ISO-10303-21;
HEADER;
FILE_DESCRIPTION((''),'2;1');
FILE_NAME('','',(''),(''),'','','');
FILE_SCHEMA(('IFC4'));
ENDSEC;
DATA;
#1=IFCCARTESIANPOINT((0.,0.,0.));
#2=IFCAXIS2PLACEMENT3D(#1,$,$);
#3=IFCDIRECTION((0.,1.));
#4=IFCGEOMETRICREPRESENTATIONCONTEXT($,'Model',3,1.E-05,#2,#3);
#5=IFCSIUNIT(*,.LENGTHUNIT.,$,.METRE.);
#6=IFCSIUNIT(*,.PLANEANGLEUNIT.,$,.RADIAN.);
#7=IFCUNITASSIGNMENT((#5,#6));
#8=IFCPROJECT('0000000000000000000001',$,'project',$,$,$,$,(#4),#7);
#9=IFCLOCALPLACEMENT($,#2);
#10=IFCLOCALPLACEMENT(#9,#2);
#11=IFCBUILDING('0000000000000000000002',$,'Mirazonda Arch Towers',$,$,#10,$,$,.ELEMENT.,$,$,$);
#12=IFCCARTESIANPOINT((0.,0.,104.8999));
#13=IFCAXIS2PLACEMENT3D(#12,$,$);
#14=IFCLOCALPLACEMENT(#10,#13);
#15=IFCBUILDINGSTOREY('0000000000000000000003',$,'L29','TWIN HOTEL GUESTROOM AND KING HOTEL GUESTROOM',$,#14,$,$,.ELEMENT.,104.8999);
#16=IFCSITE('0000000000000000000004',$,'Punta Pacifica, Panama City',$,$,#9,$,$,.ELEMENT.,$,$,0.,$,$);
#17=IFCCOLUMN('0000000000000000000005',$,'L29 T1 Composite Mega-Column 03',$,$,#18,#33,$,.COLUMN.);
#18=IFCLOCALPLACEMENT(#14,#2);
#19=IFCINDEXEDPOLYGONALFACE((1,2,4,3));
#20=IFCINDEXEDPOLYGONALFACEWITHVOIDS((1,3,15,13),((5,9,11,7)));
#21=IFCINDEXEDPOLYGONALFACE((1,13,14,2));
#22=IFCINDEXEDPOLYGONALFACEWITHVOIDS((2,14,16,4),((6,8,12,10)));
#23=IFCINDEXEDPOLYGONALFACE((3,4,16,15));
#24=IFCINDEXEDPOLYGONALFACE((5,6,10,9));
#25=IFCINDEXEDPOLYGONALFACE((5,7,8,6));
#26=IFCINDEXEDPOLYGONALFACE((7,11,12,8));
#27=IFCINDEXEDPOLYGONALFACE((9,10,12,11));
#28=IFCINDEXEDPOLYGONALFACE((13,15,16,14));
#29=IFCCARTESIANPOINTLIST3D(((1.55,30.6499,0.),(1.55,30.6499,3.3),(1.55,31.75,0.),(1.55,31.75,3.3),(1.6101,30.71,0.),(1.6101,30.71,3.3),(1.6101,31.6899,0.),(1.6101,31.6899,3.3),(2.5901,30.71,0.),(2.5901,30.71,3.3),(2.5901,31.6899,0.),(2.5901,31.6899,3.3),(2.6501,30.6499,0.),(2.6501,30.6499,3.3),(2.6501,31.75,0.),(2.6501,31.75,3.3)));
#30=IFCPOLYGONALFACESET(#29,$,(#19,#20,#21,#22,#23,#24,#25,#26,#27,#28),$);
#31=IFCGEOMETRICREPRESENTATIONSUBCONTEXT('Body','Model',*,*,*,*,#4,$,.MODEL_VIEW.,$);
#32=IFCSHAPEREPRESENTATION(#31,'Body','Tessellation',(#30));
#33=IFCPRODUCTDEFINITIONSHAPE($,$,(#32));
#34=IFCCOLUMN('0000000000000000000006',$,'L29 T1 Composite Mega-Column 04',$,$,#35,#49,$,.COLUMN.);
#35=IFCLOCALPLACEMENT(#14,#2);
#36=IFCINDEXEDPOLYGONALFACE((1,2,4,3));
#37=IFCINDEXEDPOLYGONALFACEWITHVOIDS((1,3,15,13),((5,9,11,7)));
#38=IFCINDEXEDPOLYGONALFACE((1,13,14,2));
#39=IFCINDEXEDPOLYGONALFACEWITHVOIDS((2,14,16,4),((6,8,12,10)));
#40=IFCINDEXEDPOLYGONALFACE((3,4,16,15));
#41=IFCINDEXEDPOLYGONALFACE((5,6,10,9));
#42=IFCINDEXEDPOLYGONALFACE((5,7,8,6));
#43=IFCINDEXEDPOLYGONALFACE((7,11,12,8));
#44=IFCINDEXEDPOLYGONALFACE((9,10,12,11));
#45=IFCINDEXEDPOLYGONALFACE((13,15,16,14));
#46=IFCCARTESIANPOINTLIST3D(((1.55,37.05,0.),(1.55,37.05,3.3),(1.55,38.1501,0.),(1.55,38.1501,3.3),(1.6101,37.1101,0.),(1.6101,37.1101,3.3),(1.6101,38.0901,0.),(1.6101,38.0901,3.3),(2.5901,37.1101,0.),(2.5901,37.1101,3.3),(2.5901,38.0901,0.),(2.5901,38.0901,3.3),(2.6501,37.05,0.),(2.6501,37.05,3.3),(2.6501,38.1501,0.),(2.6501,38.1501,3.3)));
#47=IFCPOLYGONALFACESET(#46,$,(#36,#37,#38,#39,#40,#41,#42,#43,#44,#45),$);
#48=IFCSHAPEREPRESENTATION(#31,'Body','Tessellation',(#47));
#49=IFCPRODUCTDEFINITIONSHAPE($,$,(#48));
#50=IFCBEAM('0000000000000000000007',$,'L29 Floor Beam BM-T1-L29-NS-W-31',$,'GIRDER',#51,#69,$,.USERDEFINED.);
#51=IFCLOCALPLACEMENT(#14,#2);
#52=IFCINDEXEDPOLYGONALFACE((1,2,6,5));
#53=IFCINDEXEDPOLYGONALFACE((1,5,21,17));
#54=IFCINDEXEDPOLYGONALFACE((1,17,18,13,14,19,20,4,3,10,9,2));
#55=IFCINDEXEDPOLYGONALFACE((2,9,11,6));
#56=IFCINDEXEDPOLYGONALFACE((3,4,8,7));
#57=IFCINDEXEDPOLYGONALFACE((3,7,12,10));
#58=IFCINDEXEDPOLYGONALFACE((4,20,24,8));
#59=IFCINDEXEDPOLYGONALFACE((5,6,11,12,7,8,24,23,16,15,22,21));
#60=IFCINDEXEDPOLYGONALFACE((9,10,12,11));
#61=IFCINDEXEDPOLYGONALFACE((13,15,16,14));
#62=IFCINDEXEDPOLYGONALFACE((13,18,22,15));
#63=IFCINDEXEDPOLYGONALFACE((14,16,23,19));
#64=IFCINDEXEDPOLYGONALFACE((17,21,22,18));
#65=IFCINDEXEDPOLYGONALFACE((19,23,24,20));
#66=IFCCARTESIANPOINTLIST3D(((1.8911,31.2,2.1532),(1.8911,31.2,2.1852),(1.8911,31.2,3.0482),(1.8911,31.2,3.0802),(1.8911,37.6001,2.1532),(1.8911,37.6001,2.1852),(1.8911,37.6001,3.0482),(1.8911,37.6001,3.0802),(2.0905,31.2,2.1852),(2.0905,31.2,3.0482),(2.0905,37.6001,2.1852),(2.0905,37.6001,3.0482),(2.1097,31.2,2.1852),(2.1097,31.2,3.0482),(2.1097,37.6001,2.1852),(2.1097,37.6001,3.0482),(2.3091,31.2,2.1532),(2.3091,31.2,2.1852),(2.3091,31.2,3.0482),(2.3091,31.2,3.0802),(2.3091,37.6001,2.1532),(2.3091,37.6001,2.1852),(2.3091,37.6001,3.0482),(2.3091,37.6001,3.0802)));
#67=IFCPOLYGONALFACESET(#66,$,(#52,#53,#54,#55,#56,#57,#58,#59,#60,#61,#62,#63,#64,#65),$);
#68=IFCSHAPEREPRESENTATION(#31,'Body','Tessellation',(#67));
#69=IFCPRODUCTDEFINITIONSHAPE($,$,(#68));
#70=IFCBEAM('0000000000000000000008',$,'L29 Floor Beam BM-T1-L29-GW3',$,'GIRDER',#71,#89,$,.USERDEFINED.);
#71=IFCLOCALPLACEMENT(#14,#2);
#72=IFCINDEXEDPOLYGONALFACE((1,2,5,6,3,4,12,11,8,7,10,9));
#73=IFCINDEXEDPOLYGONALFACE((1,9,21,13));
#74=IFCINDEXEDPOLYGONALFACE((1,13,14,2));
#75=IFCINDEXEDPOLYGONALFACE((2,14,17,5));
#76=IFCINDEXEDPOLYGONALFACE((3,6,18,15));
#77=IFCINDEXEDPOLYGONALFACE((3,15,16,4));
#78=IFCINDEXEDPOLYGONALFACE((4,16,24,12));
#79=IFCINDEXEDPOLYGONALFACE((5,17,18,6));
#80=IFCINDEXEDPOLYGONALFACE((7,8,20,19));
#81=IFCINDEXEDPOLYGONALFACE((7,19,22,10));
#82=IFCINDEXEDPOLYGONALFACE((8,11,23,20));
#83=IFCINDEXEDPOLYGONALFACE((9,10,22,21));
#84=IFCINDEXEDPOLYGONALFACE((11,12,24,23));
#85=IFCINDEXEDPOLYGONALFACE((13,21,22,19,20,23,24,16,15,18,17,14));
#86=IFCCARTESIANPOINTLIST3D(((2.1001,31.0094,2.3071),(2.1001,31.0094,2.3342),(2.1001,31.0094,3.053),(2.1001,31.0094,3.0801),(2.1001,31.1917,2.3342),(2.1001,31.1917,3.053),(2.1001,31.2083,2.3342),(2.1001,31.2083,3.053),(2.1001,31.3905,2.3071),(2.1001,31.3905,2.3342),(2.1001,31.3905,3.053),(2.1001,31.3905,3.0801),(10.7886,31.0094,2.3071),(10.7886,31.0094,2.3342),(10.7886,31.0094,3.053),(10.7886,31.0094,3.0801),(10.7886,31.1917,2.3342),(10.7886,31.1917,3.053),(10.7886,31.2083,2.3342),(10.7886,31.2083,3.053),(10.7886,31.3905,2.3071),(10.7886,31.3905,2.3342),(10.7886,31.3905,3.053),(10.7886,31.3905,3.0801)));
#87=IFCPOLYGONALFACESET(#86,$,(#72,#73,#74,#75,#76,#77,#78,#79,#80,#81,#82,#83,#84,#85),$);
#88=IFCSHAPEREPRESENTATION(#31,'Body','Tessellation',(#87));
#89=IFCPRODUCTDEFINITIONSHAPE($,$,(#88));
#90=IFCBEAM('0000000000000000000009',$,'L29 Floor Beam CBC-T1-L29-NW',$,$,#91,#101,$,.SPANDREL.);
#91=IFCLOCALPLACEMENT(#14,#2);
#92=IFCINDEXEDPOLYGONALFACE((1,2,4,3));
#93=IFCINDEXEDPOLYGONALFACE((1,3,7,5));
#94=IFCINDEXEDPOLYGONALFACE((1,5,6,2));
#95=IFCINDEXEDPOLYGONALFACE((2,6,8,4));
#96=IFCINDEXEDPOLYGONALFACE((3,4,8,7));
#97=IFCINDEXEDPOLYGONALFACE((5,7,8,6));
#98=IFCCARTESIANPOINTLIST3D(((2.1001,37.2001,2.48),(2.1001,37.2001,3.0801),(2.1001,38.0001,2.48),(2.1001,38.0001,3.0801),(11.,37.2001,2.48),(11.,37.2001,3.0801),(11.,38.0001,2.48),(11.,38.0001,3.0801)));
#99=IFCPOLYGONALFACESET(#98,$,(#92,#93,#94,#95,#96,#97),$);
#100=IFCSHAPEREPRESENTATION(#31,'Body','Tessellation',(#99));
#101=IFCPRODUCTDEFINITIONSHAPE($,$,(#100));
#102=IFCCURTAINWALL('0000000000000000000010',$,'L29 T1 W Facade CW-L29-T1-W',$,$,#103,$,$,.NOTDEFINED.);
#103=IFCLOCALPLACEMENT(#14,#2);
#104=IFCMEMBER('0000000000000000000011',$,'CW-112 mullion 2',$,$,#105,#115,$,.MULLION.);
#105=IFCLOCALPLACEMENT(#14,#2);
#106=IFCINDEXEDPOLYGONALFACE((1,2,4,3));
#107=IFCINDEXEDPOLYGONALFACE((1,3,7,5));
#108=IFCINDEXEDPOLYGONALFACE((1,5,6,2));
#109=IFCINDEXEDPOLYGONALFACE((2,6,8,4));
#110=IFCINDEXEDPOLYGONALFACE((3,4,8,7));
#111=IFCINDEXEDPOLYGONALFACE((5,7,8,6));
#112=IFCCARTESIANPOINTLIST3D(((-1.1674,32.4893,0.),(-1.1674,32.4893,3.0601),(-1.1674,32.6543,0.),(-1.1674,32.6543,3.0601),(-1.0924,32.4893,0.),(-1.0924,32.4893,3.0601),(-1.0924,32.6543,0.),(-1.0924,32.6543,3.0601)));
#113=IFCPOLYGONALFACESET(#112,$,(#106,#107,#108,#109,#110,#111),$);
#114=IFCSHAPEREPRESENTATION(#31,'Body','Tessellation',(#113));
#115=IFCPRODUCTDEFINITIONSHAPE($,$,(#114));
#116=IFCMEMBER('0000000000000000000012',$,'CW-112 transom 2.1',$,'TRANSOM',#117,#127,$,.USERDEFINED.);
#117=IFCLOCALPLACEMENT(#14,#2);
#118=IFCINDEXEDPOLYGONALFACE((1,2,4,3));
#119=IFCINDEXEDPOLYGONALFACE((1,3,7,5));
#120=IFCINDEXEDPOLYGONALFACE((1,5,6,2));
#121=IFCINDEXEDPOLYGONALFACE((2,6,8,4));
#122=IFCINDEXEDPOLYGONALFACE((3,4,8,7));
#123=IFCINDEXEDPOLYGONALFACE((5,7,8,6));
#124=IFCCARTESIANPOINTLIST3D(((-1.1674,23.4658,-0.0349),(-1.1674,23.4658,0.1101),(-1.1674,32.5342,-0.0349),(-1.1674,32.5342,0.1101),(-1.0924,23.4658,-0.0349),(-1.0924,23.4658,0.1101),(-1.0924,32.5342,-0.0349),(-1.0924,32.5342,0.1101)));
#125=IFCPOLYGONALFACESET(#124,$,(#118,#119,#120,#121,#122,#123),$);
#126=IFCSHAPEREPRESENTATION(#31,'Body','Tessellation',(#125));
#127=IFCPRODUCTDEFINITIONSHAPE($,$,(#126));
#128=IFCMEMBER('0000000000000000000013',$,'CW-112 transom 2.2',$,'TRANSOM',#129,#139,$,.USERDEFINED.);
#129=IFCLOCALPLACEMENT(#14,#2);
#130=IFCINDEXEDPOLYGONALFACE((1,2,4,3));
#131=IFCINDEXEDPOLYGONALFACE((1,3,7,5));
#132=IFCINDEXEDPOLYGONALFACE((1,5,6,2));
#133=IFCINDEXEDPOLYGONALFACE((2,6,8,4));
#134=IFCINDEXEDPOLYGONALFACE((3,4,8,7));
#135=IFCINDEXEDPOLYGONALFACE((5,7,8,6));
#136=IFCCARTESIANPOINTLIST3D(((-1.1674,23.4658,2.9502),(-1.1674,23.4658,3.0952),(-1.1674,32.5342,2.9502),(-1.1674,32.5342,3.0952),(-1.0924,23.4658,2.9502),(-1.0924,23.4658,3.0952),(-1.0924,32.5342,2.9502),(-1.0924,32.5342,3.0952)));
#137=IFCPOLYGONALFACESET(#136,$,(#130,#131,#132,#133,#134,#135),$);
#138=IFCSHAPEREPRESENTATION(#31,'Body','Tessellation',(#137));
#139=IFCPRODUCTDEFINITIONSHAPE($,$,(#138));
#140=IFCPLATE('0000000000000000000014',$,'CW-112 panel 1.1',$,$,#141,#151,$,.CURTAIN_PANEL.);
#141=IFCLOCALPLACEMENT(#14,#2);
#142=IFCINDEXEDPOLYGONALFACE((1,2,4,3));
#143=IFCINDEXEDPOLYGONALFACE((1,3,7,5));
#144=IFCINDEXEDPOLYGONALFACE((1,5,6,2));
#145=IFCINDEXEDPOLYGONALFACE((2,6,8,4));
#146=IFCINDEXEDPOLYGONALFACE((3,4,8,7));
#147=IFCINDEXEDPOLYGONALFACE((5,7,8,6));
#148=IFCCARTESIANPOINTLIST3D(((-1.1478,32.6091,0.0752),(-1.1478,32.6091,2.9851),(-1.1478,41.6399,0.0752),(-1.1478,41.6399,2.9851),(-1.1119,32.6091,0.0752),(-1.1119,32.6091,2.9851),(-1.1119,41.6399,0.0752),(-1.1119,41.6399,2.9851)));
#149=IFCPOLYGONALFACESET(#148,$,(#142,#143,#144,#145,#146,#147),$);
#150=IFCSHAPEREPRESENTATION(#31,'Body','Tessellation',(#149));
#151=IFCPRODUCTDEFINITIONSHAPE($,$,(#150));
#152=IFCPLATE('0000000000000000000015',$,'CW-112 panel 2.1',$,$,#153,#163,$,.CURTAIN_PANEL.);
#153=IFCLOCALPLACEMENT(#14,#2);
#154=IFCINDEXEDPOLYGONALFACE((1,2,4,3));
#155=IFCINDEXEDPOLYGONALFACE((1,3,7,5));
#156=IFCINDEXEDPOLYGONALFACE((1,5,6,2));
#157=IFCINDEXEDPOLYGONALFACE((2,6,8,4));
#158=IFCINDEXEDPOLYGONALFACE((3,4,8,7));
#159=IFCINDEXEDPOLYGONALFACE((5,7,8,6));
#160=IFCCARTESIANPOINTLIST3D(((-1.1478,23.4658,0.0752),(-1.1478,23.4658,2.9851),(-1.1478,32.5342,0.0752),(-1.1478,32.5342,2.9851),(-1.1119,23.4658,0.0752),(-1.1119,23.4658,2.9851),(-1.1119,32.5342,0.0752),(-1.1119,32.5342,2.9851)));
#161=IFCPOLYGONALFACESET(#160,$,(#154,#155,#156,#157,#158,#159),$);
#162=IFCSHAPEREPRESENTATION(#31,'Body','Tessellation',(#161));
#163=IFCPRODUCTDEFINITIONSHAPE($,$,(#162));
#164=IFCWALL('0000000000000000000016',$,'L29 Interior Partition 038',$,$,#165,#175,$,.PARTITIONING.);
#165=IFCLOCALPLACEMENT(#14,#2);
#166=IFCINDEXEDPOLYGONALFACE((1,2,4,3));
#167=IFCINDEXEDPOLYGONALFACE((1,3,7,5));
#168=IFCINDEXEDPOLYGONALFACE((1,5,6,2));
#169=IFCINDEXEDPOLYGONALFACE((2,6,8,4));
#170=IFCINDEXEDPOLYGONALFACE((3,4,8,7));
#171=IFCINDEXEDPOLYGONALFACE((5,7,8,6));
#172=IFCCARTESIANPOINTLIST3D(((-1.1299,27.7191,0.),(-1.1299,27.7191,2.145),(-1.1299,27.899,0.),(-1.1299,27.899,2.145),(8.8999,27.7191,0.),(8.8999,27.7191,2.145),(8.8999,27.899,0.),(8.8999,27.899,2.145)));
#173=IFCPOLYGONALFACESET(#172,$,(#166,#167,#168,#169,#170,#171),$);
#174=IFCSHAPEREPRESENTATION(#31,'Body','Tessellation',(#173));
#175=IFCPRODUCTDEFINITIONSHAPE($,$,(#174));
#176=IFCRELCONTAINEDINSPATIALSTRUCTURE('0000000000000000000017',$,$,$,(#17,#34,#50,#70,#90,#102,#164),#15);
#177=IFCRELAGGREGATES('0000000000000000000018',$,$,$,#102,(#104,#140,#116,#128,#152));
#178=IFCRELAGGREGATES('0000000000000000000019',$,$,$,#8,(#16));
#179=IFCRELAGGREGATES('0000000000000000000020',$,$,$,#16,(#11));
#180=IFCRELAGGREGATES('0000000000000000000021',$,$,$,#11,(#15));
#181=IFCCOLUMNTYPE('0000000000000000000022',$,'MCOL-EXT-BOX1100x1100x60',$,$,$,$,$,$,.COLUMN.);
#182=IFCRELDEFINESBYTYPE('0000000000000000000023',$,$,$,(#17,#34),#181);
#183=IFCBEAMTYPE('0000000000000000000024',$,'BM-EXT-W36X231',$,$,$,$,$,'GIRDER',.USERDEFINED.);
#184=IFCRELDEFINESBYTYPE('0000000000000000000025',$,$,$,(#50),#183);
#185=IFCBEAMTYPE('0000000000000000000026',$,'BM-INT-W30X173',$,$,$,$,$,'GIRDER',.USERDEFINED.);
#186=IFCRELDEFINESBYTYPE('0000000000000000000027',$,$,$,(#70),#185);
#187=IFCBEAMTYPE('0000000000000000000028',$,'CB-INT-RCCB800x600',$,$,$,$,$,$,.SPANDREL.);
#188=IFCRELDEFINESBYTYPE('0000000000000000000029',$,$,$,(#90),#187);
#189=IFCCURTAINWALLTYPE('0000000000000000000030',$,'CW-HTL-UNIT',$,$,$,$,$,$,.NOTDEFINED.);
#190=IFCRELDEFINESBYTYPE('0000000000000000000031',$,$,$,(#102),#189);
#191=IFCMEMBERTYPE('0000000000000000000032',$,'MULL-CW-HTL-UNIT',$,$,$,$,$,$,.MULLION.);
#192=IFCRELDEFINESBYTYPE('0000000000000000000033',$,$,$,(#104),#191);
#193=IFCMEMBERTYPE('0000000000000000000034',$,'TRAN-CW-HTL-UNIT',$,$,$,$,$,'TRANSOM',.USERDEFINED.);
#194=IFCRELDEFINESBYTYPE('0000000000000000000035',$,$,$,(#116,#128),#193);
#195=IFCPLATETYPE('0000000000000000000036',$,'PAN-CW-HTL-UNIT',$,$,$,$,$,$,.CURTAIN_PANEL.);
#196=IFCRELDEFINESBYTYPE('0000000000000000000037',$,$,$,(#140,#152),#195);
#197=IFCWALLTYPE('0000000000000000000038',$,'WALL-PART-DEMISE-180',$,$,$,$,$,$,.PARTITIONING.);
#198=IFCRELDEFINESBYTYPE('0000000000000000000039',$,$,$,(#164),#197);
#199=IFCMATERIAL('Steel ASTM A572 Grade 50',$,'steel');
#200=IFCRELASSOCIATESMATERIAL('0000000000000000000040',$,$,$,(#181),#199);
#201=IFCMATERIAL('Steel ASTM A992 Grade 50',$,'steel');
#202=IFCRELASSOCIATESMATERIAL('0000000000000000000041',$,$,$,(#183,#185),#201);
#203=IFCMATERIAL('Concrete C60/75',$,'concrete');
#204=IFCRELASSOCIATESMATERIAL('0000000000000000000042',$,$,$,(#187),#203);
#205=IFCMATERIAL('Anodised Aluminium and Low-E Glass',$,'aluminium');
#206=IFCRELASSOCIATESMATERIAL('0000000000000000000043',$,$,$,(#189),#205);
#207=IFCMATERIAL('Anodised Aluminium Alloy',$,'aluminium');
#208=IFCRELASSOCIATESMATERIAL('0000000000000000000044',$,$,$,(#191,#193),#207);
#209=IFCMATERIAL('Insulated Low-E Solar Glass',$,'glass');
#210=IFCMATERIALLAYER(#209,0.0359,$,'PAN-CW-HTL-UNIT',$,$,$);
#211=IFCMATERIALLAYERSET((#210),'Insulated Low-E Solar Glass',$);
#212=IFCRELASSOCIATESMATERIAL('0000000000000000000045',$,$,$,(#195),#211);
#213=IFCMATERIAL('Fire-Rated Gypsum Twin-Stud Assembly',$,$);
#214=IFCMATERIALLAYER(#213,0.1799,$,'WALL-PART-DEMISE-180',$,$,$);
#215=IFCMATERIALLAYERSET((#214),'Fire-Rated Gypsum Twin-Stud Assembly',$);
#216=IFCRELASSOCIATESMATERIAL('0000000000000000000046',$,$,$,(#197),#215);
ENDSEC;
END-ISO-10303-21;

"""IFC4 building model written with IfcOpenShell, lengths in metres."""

from ifc_helpers import new_model, si_unit, direction, frame, frame_2d, origin, origin_2d, place, context, subcontext, project, spatial, rectangle, hollow_rectangle, i_section, extrude, material, layer, layer_set, material_profile, profile_set, type_object, element, aggregate, save


model = new_model("IFC4")

# Units and contexts
model_context = context("Model", 3, precision=1e-05, world=origin(), true_north=direction((0.0, 1.0)))
body_context = subcontext(model_context, "Body", "Model", "MODEL_VIEW")
ifc_project = project(units=[si_unit("LENGTHUNIT", "METRE"), si_unit("PLANEANGLEUNIT", "RADIAN")], contexts=[model_context])

# Site, building, storey
site_placement = place(None, origin())
site = spatial("IfcSite", under=ifc_project, at=site_placement, Name="Punta Pacifica, Panama City", CompositionType="ELEMENT", RefElevation=0.0)
building_placement = place(site_placement, origin())
building = spatial("IfcBuilding", under=site, at=building_placement, Name="Mirazonda Arch Towers", CompositionType="ELEMENT")
storey_placement = place(building_placement, frame((0.0, 0.0, 104.8999)))
storey = spatial("IfcBuildingStorey", under=building, at=storey_placement, Name="L29", Description="TWIN HOTEL GUESTROOM AND KING HOTEL GUESTROOM", CompositionType="ELEMENT", Elevation=104.8999)

# Columns
ifc_material_1 = material(Name="Steel ASTM A572 Grade 50", Category="steel")
ifc_material_profile_1 = material_profile(ifc_material_1, hollow_rectangle(XDim=1.1001, YDim=1.1001, WallThickness=0.0601, at=origin_2d()), Name="BOX1100x1100x60")
ifc_profile_set_1 = profile_set([ifc_material_profile_1], Name="Steel ASTM A572 Grade 50")
column_type = type_object("IfcColumnType", Name="MCOL-EXT-BOX1100x1100x60", PredefinedType="COLUMN", material=ifc_profile_set_1)
for number, where, z_axis, x_axis, name in (
    (1, (2.1001, 31.2, 0.0), (0.0, 0.0, 1.0), (1.0, 0.0, 0.0), "L29 T1 Composite Mega-Column 03"),
    (2, (2.1001, 37.6001, 0.0), (0.0, 0.0, 1.0), (1.0, 0.0, 0.0), "L29 T1 Composite Mega-Column 04"),
):
    element("IfcColumn", number, at=place(storey_placement, frame(where, z_axis=z_axis, x_axis=x_axis)), inside=storey, type_object=column_type, Name=name, PredefinedType="COLUMN", context=body_context, shape_type="SweptSolid", body=[
        extrude(hollow_rectangle(XDim=1.1001, YDim=1.1001, WallThickness=0.0601, at=origin_2d()), origin(), (0.0, 0.0, 1.0), 3.3),
    ])

# Beams
ifc_material_2 = material(Name="Steel ASTM A992 Grade 50", Category="steel")
ifc_material_profile_2 = material_profile(ifc_material_2, i_section(OverallWidth=0.418, OverallDepth=0.927, WebThickness=0.0193, FlangeThickness=0.032, at=origin_2d()), Name="W36X231")
ifc_profile_set_2 = profile_set([ifc_material_profile_2], Name="Steel ASTM A992 Grade 50")
beam_type_1 = type_object("IfcBeamType", Name="BM-EXT-W36X231", ElementType="GIRDER", PredefinedType="USERDEFINED", material=ifc_profile_set_2)
beam_1_placement = place(storey_placement, frame((2.1001, 31.2, 2.6167), z_axis=(0.0, 1.0, 0.0), x_axis=(-1.0, 0.0, 0.0)))
element("IfcBeam", 3, at=beam_1_placement, inside=storey, type_object=beam_type_1, Name="L29 Floor Beam BM-T1-L29-NS-W-31", ObjectType="GIRDER", PredefinedType="USERDEFINED", context=body_context, shape_type="SweptSolid", body=[
    extrude(i_section(OverallWidth=0.418, OverallDepth=0.927, WebThickness=0.0193, FlangeThickness=0.032, at=origin_2d()), origin(), (0.0, 0.0, 1.0), 6.4001),
])
ifc_material_profile_3 = material_profile(ifc_material_2, i_section(OverallWidth=0.3811, OverallDepth=0.7729, WebThickness=0.0166, FlangeThickness=0.0271, at=origin_2d()), Name="W30X173")
ifc_profile_set_3 = profile_set([ifc_material_profile_3], Name="Steel ASTM A992 Grade 50")
beam_type_2 = type_object("IfcBeamType", Name="BM-INT-W30X173", ElementType="GIRDER", PredefinedType="USERDEFINED", material=ifc_profile_set_3)
beam_2_placement = place(storey_placement, frame((2.1001, 31.2, 2.6936), z_axis=(1.0, 0.0, 0.0), x_axis=(0.0, 1.0, 0.0)))
element("IfcBeam", 4, at=beam_2_placement, inside=storey, type_object=beam_type_2, Name="L29 Floor Beam BM-T1-L29-GW3", ObjectType="GIRDER", PredefinedType="USERDEFINED", context=body_context, shape_type="SweptSolid", body=[
    extrude(i_section(OverallWidth=0.3811, OverallDepth=0.7729, WebThickness=0.0166, FlangeThickness=0.0271, at=origin_2d()), origin(), (0.0, 0.0, 1.0), 8.6885),
])
ifc_material_3 = material(Name="Concrete C60/75", Category="concrete")
ifc_material_profile_4 = material_profile(ifc_material_3, rectangle(XDim=0.8, YDim=0.6001, at=origin_2d()), Name="RCCB800x600")
ifc_profile_set_4 = profile_set([ifc_material_profile_4], Name="Concrete C60/75")
beam_type_3 = type_object("IfcBeamType", Name="CB-INT-RCCB800x600", PredefinedType="SPANDREL", material=ifc_profile_set_4)
beam_3_placement = place(storey_placement, frame((2.1001, 37.6001, 2.78), z_axis=(1.0, 0.0, 0.0), x_axis=(0.0, 1.0, 0.0)))
element("IfcBeam", 5, at=beam_3_placement, inside=storey, type_object=beam_type_3, Name="L29 Floor Beam CBC-T1-L29-NW", PredefinedType="SPANDREL", context=body_context, shape_type="SweptSolid", body=[
    extrude(rectangle(XDim=0.8, YDim=0.6001, at=origin_2d()), origin(), (0.0, 0.0, 1.0), 8.8999),
])

# Curtain wall, members, plates
ifc_material_4 = material(Name="Anodised Aluminium and Low-E Glass", Category="aluminium")
curtain_wall_type = type_object("IfcCurtainWallType", Name="CW-HTL-UNIT", PredefinedType="NOTDEFINED", material=ifc_material_4)
curtain_wall_placement = place(storey_placement, origin())
curtain_wall = element("IfcCurtainWall", 6, at=curtain_wall_placement, inside=storey, type_object=curtain_wall_type, Name="L29 T1 W Facade CW-L29-T1-W", PredefinedType="NOTDEFINED")
ifc_material_5 = material(Name="Anodised Aluminium Alloy", Category="aluminium")
ifc_material_profile_5 = material_profile(ifc_material_5, rectangle(XDim=0.075, YDim=0.165, at=origin_2d()), Name="ALU-MULL-75x165")
ifc_profile_set_5 = profile_set([ifc_material_profile_5], Name="Anodised Aluminium Alloy")
member_type_1 = type_object("IfcMemberType", Name="MULL-CW-HTL-UNIT", PredefinedType="MULLION", material=ifc_profile_set_5)
member_1_placement = place(storey_placement, frame((-1.1299, 32.5718, 0.0), z_axis=(0.0, 0.0, 1.0), x_axis=(1.0, 0.0, 0.0)))
member_1 = element("IfcMember", 7, at=member_1_placement, type_object=member_type_1, Name="CW-112 mullion 2", PredefinedType="MULLION", context=body_context, shape_type="SweptSolid", body=[
    extrude(rectangle(XDim=0.075, YDim=0.165, at=origin_2d()), origin(), (0.0, 0.0, 1.0), 3.0601),
])
ifc_material_profile_6 = material_profile(ifc_material_5, rectangle(XDim=0.075, YDim=0.145, at=origin_2d()), Name="ALU-TRAN-75x145")
ifc_profile_set_6 = profile_set([ifc_material_profile_6], Name="Anodised Aluminium Alloy")
member_type_2 = type_object("IfcMemberType", Name="TRAN-CW-HTL-UNIT", ElementType="TRANSOM", PredefinedType="USERDEFINED", material=ifc_profile_set_6)
member_2_placement = place(storey_placement, frame((-1.1299, 32.5342, 0.0376), z_axis=(0.0, -1.0, 0.0), x_axis=(1.0, 0.0, 0.0)))
member_2 = element("IfcMember", 8, at=member_2_placement, type_object=member_type_2, Name="CW-112 transom 2.1", ObjectType="TRANSOM", PredefinedType="USERDEFINED", context=body_context, shape_type="SweptSolid", body=[
    extrude(rectangle(XDim=0.075, YDim=0.145, at=origin_2d()), origin(), (0.0, 0.0, 1.0), 9.0684),
])
member_3_placement = place(storey_placement, frame((-1.1299, 32.5342, 3.0227), z_axis=(0.0, -1.0, 0.0), x_axis=(1.0, 0.0, 0.0)))
member_3 = element("IfcMember", 9, at=member_3_placement, type_object=member_type_2, Name="CW-112 transom 2.2", ObjectType="TRANSOM", PredefinedType="USERDEFINED", context=body_context, shape_type="SweptSolid", body=[
    extrude(rectangle(XDim=0.075, YDim=0.145, at=origin_2d()), origin(), (0.0, 0.0, 1.0), 9.0684),
])
ifc_material_6 = material(Name="Insulated Low-E Solar Glass", Category="glass")
ifc_layer_1 = layer(ifc_material_6, 0.0359, Name="PAN-CW-HTL-UNIT")
ifc_layer_set_1 = layer_set([ifc_layer_1], Name="Insulated Low-E Solar Glass")
plate_type = type_object("IfcPlateType", Name="PAN-CW-HTL-UNIT", PredefinedType="CURTAIN_PANEL", material=ifc_layer_set_1)
plate_1_placement = place(storey_placement, frame((-1.1299, 37.1245, 0.0752), z_axis=(0.0, 0.0, 1.0), x_axis=(0.0, -1.0, 0.0)))
plate_1 = element("IfcPlate", 10, at=plate_1_placement, type_object=plate_type, Name="CW-112 panel 1.1", PredefinedType="CURTAIN_PANEL", context=body_context, shape_type="SweptSolid", body=[
    extrude(rectangle(XDim=9.0308, YDim=0.0359, at=origin_2d()), origin(), (0.0, 0.0, 1.0), 2.9099),
])
plate_2_placement = place(storey_placement, frame((-1.1299, 28.0, 0.0752), z_axis=(0.0, 0.0, 1.0), x_axis=(0.0, -1.0, 0.0)))
plate_2 = element("IfcPlate", 11, at=plate_2_placement, type_object=plate_type, Name="CW-112 panel 2.1", PredefinedType="CURTAIN_PANEL", context=body_context, shape_type="SweptSolid", body=[
    extrude(rectangle(XDim=9.0684, YDim=0.0359, at=origin_2d()), origin(), (0.0, 0.0, 1.0), 2.9099),
])
aggregate(curtain_wall, [member_1, plate_1, member_2, member_3, plate_2])

# Wall
ifc_material_7 = material(Name="Fire-Rated Gypsum Twin-Stud Assembly")
ifc_layer_2 = layer(ifc_material_7, 0.1799, Name="WALL-PART-DEMISE-180")
ifc_layer_set_2 = layer_set([ifc_layer_2], Name="Fire-Rated Gypsum Twin-Stud Assembly")
wall_type_1 = type_object("IfcWallType", Name="WALL-PART-DEMISE-180", PredefinedType="PARTITIONING", material=ifc_layer_set_2)
wall_1_placement = place(storey_placement, frame((-1.1299, 27.8091, 0.0), z_axis=(0.0, 0.0, 1.0), x_axis=(1.0, 0.0, 0.0)))
element("IfcWall", 12, at=wall_1_placement, inside=storey, type_object=wall_type_1, Name="L29 Interior Partition 038", PredefinedType="PARTITIONING", context=body_context, shape_type="SweptSolid", body=[
    extrude(rectangle(XDim=10.0298, YDim=0.1799, at=frame_2d((5.0149, 0.0))), origin(), (0.0, 0.0, 1.0), 2.145),
])

save(model, "model.ifc")
